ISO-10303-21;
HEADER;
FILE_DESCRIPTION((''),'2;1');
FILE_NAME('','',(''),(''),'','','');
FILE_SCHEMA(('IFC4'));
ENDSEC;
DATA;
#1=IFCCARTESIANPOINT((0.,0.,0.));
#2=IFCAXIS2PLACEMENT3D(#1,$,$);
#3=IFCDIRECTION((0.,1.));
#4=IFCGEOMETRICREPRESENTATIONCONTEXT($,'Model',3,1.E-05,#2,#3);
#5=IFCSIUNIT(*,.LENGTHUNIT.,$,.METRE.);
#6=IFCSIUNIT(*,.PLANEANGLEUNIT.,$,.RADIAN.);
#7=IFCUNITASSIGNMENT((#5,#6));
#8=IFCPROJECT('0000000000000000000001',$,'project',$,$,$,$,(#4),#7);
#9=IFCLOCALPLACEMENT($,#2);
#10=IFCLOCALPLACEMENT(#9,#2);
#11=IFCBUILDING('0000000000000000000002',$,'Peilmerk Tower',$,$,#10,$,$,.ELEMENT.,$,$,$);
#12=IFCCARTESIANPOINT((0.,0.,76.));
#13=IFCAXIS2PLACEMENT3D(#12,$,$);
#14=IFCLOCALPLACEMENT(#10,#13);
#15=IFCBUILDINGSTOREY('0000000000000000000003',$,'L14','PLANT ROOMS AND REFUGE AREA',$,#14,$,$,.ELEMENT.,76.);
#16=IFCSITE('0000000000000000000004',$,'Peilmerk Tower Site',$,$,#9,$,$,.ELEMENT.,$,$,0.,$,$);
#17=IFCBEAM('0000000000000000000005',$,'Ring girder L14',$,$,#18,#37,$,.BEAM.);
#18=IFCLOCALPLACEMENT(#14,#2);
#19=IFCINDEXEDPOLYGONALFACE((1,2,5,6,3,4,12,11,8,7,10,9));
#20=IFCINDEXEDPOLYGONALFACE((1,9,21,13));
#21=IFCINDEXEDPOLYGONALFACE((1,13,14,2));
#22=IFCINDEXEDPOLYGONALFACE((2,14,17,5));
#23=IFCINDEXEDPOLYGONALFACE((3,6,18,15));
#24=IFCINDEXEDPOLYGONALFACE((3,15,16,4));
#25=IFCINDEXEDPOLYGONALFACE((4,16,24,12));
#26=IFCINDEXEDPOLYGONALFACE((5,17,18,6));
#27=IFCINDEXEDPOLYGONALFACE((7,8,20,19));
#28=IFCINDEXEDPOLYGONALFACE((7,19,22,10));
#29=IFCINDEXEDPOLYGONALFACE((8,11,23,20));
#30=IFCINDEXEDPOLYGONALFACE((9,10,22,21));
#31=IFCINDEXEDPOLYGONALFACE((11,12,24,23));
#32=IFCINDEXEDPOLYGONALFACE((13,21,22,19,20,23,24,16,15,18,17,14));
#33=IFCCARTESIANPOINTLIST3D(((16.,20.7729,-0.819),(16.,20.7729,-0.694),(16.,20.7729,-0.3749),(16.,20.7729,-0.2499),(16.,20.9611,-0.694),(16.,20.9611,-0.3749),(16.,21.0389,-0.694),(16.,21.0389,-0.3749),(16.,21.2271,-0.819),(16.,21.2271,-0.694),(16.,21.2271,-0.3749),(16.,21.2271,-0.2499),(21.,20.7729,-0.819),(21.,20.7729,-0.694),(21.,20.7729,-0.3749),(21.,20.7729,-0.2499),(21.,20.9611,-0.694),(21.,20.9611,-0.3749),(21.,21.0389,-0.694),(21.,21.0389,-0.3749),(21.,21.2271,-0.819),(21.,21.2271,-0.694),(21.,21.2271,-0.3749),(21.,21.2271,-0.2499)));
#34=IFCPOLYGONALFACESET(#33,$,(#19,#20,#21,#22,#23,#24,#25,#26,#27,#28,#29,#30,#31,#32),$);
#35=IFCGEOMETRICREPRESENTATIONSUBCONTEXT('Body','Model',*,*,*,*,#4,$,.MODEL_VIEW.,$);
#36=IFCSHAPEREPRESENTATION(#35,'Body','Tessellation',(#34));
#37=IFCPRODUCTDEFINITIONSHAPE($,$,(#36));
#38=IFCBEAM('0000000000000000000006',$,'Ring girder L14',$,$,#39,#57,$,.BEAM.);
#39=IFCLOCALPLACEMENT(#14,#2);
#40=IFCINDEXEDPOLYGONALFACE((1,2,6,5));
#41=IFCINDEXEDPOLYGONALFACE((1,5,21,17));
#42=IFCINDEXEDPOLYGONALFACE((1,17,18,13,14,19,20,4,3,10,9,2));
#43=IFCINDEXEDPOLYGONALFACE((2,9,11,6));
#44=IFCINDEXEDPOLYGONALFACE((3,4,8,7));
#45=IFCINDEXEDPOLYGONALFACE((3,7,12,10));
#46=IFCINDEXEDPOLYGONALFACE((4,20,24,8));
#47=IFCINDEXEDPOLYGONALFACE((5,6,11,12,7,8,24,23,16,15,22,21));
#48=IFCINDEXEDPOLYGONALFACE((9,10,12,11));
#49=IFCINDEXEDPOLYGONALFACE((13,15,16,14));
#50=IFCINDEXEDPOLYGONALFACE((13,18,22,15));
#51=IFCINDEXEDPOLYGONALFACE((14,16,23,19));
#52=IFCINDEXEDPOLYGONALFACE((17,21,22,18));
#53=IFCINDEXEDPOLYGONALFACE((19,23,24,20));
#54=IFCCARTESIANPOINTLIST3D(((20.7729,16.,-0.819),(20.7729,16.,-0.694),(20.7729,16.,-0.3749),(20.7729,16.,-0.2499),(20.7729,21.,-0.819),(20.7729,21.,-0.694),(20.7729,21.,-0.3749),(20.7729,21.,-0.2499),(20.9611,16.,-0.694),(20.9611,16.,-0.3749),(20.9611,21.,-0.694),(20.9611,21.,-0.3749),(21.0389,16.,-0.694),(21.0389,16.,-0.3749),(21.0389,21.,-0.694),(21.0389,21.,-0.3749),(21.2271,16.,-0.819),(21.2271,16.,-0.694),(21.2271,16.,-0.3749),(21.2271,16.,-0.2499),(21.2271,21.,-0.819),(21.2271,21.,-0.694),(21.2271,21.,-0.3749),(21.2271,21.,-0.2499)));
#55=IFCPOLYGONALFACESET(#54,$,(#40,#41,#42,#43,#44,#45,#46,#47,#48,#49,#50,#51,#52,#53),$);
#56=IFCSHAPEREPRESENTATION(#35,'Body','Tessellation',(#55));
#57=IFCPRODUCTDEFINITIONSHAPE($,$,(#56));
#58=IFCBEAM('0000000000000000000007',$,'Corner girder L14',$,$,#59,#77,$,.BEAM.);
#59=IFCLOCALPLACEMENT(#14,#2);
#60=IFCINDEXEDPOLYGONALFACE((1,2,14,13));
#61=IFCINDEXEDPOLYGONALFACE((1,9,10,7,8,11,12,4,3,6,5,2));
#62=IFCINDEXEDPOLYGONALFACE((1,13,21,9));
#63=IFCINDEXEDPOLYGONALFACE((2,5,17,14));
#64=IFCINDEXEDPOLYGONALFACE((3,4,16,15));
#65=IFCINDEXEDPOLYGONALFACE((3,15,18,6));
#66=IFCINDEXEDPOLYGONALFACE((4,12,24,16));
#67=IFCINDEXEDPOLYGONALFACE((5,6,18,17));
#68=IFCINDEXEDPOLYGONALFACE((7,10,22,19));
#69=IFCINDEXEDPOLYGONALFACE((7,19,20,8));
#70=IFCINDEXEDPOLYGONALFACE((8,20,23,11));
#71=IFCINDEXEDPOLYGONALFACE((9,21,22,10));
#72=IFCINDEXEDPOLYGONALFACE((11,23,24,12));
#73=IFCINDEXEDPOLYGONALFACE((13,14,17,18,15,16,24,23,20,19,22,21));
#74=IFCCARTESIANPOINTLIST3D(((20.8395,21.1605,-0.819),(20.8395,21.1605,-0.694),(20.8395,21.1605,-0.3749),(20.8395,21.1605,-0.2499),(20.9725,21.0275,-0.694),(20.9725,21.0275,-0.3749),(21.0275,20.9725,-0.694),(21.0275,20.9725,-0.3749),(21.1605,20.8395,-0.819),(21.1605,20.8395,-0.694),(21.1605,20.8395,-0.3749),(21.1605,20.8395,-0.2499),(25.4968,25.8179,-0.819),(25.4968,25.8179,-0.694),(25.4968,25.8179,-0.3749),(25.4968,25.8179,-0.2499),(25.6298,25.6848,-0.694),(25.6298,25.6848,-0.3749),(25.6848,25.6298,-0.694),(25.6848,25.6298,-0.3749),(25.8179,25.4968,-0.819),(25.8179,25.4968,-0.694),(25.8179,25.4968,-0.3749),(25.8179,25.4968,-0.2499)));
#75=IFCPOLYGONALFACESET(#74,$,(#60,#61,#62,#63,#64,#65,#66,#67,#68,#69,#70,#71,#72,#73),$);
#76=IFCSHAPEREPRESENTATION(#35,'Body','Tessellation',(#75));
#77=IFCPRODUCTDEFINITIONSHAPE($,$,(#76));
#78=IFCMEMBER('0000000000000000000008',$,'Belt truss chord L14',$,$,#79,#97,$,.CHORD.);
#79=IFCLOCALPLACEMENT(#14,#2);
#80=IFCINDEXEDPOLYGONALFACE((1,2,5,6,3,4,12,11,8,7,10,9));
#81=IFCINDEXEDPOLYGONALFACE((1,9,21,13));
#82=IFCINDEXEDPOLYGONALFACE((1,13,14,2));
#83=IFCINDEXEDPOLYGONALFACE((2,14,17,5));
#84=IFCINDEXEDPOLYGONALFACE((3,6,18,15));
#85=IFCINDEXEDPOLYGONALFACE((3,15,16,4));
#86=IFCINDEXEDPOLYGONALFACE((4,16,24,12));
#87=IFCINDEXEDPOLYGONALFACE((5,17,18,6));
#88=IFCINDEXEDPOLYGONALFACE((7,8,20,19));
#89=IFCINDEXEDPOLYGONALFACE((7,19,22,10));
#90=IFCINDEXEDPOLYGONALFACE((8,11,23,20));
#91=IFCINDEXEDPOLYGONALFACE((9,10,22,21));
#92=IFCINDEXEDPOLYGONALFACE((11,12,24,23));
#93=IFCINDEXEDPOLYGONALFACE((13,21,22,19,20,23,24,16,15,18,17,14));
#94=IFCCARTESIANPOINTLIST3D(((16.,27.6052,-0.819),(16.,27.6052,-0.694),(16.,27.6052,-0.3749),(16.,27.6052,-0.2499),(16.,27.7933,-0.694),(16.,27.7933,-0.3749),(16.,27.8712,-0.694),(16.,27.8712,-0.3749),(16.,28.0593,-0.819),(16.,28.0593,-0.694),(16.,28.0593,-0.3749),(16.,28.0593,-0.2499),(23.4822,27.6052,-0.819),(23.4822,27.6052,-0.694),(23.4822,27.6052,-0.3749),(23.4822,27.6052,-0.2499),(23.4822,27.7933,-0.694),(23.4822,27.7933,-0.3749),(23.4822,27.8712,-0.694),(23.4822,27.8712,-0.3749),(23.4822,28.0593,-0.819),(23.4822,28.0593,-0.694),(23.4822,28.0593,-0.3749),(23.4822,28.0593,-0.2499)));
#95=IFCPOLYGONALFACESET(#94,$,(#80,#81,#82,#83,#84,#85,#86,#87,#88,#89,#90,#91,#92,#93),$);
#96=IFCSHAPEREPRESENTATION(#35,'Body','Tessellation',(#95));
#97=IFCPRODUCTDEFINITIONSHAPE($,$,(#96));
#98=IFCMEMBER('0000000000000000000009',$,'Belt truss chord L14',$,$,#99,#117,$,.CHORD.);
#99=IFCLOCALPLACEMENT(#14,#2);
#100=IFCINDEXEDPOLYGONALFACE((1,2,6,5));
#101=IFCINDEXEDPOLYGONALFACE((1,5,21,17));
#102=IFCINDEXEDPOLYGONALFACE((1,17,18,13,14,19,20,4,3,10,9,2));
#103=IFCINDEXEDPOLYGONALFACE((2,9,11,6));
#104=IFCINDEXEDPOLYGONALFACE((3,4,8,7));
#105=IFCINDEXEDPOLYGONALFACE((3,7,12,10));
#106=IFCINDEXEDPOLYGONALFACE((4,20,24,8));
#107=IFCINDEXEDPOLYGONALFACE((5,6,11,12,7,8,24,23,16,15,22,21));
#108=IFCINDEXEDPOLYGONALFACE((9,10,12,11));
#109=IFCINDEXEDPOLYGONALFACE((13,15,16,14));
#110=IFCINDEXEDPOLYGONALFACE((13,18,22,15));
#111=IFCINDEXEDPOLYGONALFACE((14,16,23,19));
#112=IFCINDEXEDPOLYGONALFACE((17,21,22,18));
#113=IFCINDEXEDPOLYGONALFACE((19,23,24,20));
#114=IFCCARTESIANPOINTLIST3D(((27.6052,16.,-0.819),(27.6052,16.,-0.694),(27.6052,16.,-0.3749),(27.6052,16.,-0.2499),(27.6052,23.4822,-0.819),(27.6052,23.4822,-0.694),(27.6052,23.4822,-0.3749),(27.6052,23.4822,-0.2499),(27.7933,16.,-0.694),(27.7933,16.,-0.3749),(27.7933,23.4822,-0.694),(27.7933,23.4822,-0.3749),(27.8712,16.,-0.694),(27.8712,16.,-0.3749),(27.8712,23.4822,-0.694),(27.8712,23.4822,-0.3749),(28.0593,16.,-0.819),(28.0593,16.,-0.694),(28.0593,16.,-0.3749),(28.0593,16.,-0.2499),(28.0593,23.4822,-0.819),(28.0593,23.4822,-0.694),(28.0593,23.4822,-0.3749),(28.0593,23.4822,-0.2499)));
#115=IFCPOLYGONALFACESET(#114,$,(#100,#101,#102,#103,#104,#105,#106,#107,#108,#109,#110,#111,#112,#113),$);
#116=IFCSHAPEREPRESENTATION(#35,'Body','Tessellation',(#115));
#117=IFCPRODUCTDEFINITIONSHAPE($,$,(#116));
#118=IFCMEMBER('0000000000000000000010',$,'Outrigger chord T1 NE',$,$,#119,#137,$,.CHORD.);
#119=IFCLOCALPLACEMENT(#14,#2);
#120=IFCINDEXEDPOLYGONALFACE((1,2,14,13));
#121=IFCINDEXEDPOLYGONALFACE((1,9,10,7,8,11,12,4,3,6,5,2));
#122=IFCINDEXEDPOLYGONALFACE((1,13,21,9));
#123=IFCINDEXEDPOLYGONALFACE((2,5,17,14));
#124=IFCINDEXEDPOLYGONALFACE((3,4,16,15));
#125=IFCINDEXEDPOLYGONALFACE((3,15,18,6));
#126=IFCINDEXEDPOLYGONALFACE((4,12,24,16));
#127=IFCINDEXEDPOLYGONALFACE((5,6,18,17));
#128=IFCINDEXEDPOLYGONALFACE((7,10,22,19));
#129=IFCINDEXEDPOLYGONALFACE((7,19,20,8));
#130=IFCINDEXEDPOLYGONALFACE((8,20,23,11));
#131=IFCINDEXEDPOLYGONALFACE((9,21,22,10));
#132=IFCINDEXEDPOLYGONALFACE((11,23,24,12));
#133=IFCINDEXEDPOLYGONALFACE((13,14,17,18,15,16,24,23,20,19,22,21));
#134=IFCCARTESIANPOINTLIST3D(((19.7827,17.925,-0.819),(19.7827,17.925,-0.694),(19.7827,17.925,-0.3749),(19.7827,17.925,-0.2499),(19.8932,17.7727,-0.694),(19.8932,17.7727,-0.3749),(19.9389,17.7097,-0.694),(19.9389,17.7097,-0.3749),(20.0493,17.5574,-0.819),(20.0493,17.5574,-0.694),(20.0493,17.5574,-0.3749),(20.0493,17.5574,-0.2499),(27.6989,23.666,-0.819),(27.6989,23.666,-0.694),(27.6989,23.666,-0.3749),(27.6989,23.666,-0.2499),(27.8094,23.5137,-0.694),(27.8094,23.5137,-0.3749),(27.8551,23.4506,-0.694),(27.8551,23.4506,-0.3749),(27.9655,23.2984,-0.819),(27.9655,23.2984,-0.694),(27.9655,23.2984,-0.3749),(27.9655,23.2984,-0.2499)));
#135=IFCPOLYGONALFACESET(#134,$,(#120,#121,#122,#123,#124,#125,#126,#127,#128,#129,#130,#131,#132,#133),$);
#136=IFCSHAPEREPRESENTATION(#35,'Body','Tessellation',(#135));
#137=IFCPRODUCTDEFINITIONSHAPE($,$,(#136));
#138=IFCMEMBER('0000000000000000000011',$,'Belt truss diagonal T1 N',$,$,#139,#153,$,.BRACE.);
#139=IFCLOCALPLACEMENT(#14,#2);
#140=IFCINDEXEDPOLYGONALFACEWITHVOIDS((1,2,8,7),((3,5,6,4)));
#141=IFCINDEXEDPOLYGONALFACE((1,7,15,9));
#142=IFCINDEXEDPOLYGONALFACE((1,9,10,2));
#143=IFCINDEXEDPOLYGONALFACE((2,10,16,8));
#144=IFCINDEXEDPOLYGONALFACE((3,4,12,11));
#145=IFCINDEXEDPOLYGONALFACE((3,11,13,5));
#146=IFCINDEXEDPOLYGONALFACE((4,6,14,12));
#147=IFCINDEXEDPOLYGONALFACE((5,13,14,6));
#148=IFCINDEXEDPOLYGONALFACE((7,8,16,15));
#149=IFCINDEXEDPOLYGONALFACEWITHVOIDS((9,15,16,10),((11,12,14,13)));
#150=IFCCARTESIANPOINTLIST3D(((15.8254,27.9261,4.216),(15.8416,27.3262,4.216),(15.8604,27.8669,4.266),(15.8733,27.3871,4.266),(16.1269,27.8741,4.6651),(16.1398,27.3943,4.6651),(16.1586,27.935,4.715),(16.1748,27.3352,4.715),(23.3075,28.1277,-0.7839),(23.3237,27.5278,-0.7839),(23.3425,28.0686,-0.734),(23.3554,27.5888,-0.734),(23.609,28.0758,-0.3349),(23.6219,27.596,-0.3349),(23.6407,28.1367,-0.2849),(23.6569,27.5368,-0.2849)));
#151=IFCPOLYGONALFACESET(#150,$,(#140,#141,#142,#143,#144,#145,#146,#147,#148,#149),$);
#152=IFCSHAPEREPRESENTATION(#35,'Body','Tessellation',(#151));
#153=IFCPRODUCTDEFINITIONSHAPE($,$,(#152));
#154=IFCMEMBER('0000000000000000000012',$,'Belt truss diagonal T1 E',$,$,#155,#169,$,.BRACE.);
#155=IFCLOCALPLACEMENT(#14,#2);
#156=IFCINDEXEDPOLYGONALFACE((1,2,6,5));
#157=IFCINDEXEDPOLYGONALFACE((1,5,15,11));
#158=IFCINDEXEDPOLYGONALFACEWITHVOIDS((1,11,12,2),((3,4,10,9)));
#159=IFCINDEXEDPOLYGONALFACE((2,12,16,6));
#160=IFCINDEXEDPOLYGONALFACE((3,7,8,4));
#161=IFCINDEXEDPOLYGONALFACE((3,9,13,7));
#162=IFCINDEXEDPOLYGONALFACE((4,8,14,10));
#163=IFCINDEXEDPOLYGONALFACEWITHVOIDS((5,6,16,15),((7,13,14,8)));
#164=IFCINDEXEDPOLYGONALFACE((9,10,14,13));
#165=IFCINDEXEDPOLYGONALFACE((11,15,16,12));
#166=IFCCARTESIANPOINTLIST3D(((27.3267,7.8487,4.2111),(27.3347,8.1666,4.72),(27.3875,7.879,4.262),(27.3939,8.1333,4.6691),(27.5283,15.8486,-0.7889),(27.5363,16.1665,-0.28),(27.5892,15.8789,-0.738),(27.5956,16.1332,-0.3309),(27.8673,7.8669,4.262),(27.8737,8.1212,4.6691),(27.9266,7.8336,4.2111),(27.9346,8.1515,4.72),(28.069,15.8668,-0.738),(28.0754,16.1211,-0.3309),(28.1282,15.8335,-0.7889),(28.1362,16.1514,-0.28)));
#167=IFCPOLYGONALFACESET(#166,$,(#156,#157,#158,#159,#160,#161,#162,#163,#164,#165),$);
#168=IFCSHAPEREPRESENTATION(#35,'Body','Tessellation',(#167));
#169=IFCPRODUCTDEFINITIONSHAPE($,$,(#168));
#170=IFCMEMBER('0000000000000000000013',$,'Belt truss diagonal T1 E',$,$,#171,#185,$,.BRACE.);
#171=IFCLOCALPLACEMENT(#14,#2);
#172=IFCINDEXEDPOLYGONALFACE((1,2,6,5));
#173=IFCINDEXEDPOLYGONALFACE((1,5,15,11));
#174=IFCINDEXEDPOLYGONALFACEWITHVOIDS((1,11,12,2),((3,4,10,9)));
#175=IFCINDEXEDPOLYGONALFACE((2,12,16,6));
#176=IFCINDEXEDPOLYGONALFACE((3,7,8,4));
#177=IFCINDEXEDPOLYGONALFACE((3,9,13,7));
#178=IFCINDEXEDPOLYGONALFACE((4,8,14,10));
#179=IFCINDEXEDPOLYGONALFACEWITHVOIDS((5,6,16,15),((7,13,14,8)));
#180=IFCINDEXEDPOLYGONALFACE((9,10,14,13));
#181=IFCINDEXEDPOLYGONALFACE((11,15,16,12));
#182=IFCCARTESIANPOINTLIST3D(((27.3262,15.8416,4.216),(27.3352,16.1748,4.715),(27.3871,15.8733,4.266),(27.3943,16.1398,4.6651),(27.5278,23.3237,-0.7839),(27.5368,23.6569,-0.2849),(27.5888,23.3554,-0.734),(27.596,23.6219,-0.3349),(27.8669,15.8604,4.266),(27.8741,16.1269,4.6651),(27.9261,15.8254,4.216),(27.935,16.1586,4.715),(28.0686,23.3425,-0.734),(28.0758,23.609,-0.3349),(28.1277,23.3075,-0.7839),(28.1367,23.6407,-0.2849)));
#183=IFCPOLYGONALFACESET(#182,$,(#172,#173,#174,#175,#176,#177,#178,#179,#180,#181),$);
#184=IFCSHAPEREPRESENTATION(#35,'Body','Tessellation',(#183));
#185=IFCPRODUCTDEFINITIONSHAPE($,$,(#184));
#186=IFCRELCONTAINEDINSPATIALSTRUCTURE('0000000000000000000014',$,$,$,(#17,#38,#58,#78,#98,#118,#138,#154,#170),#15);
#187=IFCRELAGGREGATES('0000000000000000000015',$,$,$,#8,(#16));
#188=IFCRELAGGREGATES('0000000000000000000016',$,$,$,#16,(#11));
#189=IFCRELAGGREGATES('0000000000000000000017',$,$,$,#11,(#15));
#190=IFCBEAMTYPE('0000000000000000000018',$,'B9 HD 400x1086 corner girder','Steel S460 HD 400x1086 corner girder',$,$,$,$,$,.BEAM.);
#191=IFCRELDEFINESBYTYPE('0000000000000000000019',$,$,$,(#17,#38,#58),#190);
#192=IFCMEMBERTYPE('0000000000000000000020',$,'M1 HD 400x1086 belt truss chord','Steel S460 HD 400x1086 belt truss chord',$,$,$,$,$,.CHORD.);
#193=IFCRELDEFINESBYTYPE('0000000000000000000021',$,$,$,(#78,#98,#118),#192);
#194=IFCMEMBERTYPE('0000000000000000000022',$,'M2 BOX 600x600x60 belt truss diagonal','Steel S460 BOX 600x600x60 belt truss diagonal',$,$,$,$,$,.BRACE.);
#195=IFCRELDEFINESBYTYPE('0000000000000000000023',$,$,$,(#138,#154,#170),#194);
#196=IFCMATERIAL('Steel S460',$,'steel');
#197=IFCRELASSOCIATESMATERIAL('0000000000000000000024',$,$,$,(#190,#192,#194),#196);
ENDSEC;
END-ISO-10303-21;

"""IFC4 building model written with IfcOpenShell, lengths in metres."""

from ifc_helpers import new_model, si_unit, direction, frame, origin, origin_2d, place, context, subcontext, project, spatial, hollow_rectangle, i_section, extrude, material, material_profile, profile_set, type_object, element, save


model = new_model("IFC4")

# Units and contexts
model_context = context("Model", 3, precision=1e-05, world=origin(), true_north=direction((0.0, 1.0)))
body_context = subcontext(model_context, "Body", "Model", "MODEL_VIEW")
ifc_project = project(units=[si_unit("LENGTHUNIT", "METRE"), si_unit("PLANEANGLEUNIT", "RADIAN")], contexts=[model_context])

# Site, building, storey
site_placement = place(None, origin())
site = spatial("IfcSite", under=ifc_project, at=site_placement, Name="Peilmerk Tower Site", CompositionType="ELEMENT", RefElevation=0.0)
building_placement = place(site_placement, origin())
building = spatial("IfcBuilding", under=site, at=building_placement, Name="Peilmerk Tower", CompositionType="ELEMENT")
storey_placement = place(building_placement, frame((0.0, 0.0, 76.0)))
storey = spatial("IfcBuildingStorey", under=building, at=storey_placement, Name="L14", Description="PLANT ROOMS AND REFUGE AREA", CompositionType="ELEMENT", Elevation=76.0)

# Shared definitions
ifc_material_1 = material(Name="Steel S460", Category="steel")

# Beams
ifc_material_profile_1 = material_profile(ifc_material_1, i_section(OverallWidth=0.4541, OverallDepth=0.5691, WebThickness=0.0779, FlangeThickness=0.125, at=origin_2d()), Name="HD 400x1086")
ifc_profile_set_1 = profile_set([ifc_material_profile_1], Name="Steel S460")
beam_type_1 = type_object("IfcBeamType", Name="B9 HD 400x1086 corner girder", Description="Steel S460 HD 400x1086 corner girder", PredefinedType="BEAM", material=ifc_profile_set_1)
for number, where, z_axis, x_axis, name in (
    (1, (21.0, 21.0, -0.5344), (-1.0, 0.0, 0.0), (0.0, -1.0, 0.0), "Ring girder L14"),
    (2, (21.0, 16.0, -0.5344), (0.0, 1.0, 0.0), (-1.0, 0.0, 0.0), "Ring girder L14"),
):
    element("IfcBeam", number, at=place(storey_placement, frame(where, z_axis=z_axis, x_axis=x_axis)), inside=storey, type_object=beam_type_1, Name=name, PredefinedType="BEAM", context=body_context, shape_type="SweptSolid", body=[
        extrude(i_section(OverallWidth=0.4541, OverallDepth=0.5691, WebThickness=0.0779, FlangeThickness=0.125, at=origin_2d()), origin(), (0.0, 0.0, 1.0), 5.0),
    ])
beam_1_placement = place(storey_placement, frame((21.0, 21.0, -0.5344), z_axis=(0.707107, 0.707107, 0.0), x_axis=(-0.707107, 0.707107, 0.0)))
element("IfcBeam", 3, at=beam_1_placement, inside=storey, type_object=beam_type_1, Name="Corner girder L14", PredefinedType="BEAM", context=body_context, shape_type="SweptSolid", body=[
    extrude(i_section(OverallWidth=0.4541, OverallDepth=0.5691, WebThickness=0.0779, FlangeThickness=0.125, at=origin_2d()), origin(), (0.0, 0.0, 1.0), 6.5864),
])

# Members
ifc_material_profile_2 = material_profile(ifc_material_1, i_section(OverallWidth=0.4541, OverallDepth=0.5691, WebThickness=0.0779, FlangeThickness=0.125, at=origin_2d()), Name="HD 400x1086")
ifc_profile_set_2 = profile_set([ifc_material_profile_2], Name="Steel S460")
member_type_1 = type_object("IfcMemberType", Name="M1 HD 400x1086 belt truss chord", Description="Steel S460 HD 400x1086 belt truss chord", PredefinedType="CHORD", material=ifc_profile_set_2)
for number, where, z_axis, x_axis, name in (
    (4, (23.4822, 27.8323, -0.5344), (-1.0, 0.0, 0.0), (0.0, -1.0, 0.0), "Belt truss chord L14"),
    (5, (27.8323, 16.0, -0.5344), (0.0, 1.0, 0.0), (-1.0, 0.0, 0.0), "Belt truss chord L14"),
):
    element("IfcMember", number, at=place(storey_placement, frame(where, z_axis=z_axis, x_axis=x_axis)), inside=storey, type_object=member_type_1, Name=name, PredefinedType="CHORD", context=body_context, shape_type="SweptSolid", body=[
        extrude(i_section(OverallWidth=0.4541, OverallDepth=0.5691, WebThickness=0.0779, FlangeThickness=0.125, at=origin_2d()), origin(), (0.0, 0.0, 1.0), 7.4822),
    ])
member_1_placement = place(storey_placement, frame((19.916, 17.7412, -0.5344), z_axis=(0.809529, 0.58708, 0.0), x_axis=(-0.58708, 0.809529, 0.0)))
element("IfcMember", 6, at=member_1_placement, inside=storey, type_object=member_type_1, Name="Outrigger chord T1 NE", PredefinedType="CHORD", context=body_context, shape_type="SweptSolid", body=[
    extrude(i_section(OverallWidth=0.4541, OverallDepth=0.5691, WebThickness=0.0779, FlangeThickness=0.125, at=origin_2d()), origin(), (0.0, 0.0, 1.0), 9.7788),
])
ifc_material_profile_3 = material_profile(ifc_material_1, hollow_rectangle(XDim=0.6001, YDim=0.6001, WallThickness=0.0601, at=origin_2d()), Name="BOX 600x600x60")
ifc_profile_set_3 = profile_set([ifc_material_profile_3], Name="Steel S460")
member_type_2 = type_object("IfcMemberType", Name="M2 BOX 600x600x60 belt truss diagonal", Description="Steel S460 BOX 600x600x60 belt truss diagonal", PredefinedType="BRACE", material=ifc_profile_set_3)
member_2_placement = place(storey_placement, frame((23.4822, 27.8323, -0.5344), z_axis=(-0.831232, -0.022403, 0.555474), x_axis=(0.026942, -0.999637, 0.0)))
element("IfcMember", 7, at=member_2_placement, inside=storey, type_object=member_type_2, Name="Belt truss diagonal T1 N", PredefinedType="BRACE", context=body_context, shape_type="SweptSolid", body=[
    extrude(hollow_rectangle(XDim=0.6001, YDim=0.6001, WallThickness=0.0601, at=origin_2d()), origin(), (0.0, 0.0, 1.0), 9.0012),
])
member_3_placement = place(storey_placement, frame((27.8323, 16.0, -0.5344), z_axis=(-0.021371, -0.847805, 0.529878), x_axis=(0.999682, -0.0252, 0.0)))
element("IfcMember", 8, at=member_3_placement, inside=storey, type_object=member_type_2, Name="Belt truss diagonal T1 E", PredefinedType="BRACE", context=body_context, shape_type="SweptSolid", body=[
    extrude(hollow_rectangle(XDim=0.6001, YDim=0.6001, WallThickness=0.0601, at=origin_2d()), origin(), (0.0, 0.0, 1.0), 9.436),
])
member_4_placement = place(storey_placement, frame((27.8323, 23.4822, -0.5344), z_axis=(-0.022403, -0.831232, 0.555474), x_axis=(0.999637, -0.026942, 0.0)))
element("IfcMember", 9, at=member_4_placement, inside=storey, type_object=member_type_2, Name="Belt truss diagonal T1 E", PredefinedType="BRACE", context=body_context, shape_type="SweptSolid", body=[
    extrude(hollow_rectangle(XDim=0.6001, YDim=0.6001, WallThickness=0.0601, at=origin_2d()), origin(), (0.0, 0.0, 1.0), 9.0012),
])

save(model, "model.ifc")
